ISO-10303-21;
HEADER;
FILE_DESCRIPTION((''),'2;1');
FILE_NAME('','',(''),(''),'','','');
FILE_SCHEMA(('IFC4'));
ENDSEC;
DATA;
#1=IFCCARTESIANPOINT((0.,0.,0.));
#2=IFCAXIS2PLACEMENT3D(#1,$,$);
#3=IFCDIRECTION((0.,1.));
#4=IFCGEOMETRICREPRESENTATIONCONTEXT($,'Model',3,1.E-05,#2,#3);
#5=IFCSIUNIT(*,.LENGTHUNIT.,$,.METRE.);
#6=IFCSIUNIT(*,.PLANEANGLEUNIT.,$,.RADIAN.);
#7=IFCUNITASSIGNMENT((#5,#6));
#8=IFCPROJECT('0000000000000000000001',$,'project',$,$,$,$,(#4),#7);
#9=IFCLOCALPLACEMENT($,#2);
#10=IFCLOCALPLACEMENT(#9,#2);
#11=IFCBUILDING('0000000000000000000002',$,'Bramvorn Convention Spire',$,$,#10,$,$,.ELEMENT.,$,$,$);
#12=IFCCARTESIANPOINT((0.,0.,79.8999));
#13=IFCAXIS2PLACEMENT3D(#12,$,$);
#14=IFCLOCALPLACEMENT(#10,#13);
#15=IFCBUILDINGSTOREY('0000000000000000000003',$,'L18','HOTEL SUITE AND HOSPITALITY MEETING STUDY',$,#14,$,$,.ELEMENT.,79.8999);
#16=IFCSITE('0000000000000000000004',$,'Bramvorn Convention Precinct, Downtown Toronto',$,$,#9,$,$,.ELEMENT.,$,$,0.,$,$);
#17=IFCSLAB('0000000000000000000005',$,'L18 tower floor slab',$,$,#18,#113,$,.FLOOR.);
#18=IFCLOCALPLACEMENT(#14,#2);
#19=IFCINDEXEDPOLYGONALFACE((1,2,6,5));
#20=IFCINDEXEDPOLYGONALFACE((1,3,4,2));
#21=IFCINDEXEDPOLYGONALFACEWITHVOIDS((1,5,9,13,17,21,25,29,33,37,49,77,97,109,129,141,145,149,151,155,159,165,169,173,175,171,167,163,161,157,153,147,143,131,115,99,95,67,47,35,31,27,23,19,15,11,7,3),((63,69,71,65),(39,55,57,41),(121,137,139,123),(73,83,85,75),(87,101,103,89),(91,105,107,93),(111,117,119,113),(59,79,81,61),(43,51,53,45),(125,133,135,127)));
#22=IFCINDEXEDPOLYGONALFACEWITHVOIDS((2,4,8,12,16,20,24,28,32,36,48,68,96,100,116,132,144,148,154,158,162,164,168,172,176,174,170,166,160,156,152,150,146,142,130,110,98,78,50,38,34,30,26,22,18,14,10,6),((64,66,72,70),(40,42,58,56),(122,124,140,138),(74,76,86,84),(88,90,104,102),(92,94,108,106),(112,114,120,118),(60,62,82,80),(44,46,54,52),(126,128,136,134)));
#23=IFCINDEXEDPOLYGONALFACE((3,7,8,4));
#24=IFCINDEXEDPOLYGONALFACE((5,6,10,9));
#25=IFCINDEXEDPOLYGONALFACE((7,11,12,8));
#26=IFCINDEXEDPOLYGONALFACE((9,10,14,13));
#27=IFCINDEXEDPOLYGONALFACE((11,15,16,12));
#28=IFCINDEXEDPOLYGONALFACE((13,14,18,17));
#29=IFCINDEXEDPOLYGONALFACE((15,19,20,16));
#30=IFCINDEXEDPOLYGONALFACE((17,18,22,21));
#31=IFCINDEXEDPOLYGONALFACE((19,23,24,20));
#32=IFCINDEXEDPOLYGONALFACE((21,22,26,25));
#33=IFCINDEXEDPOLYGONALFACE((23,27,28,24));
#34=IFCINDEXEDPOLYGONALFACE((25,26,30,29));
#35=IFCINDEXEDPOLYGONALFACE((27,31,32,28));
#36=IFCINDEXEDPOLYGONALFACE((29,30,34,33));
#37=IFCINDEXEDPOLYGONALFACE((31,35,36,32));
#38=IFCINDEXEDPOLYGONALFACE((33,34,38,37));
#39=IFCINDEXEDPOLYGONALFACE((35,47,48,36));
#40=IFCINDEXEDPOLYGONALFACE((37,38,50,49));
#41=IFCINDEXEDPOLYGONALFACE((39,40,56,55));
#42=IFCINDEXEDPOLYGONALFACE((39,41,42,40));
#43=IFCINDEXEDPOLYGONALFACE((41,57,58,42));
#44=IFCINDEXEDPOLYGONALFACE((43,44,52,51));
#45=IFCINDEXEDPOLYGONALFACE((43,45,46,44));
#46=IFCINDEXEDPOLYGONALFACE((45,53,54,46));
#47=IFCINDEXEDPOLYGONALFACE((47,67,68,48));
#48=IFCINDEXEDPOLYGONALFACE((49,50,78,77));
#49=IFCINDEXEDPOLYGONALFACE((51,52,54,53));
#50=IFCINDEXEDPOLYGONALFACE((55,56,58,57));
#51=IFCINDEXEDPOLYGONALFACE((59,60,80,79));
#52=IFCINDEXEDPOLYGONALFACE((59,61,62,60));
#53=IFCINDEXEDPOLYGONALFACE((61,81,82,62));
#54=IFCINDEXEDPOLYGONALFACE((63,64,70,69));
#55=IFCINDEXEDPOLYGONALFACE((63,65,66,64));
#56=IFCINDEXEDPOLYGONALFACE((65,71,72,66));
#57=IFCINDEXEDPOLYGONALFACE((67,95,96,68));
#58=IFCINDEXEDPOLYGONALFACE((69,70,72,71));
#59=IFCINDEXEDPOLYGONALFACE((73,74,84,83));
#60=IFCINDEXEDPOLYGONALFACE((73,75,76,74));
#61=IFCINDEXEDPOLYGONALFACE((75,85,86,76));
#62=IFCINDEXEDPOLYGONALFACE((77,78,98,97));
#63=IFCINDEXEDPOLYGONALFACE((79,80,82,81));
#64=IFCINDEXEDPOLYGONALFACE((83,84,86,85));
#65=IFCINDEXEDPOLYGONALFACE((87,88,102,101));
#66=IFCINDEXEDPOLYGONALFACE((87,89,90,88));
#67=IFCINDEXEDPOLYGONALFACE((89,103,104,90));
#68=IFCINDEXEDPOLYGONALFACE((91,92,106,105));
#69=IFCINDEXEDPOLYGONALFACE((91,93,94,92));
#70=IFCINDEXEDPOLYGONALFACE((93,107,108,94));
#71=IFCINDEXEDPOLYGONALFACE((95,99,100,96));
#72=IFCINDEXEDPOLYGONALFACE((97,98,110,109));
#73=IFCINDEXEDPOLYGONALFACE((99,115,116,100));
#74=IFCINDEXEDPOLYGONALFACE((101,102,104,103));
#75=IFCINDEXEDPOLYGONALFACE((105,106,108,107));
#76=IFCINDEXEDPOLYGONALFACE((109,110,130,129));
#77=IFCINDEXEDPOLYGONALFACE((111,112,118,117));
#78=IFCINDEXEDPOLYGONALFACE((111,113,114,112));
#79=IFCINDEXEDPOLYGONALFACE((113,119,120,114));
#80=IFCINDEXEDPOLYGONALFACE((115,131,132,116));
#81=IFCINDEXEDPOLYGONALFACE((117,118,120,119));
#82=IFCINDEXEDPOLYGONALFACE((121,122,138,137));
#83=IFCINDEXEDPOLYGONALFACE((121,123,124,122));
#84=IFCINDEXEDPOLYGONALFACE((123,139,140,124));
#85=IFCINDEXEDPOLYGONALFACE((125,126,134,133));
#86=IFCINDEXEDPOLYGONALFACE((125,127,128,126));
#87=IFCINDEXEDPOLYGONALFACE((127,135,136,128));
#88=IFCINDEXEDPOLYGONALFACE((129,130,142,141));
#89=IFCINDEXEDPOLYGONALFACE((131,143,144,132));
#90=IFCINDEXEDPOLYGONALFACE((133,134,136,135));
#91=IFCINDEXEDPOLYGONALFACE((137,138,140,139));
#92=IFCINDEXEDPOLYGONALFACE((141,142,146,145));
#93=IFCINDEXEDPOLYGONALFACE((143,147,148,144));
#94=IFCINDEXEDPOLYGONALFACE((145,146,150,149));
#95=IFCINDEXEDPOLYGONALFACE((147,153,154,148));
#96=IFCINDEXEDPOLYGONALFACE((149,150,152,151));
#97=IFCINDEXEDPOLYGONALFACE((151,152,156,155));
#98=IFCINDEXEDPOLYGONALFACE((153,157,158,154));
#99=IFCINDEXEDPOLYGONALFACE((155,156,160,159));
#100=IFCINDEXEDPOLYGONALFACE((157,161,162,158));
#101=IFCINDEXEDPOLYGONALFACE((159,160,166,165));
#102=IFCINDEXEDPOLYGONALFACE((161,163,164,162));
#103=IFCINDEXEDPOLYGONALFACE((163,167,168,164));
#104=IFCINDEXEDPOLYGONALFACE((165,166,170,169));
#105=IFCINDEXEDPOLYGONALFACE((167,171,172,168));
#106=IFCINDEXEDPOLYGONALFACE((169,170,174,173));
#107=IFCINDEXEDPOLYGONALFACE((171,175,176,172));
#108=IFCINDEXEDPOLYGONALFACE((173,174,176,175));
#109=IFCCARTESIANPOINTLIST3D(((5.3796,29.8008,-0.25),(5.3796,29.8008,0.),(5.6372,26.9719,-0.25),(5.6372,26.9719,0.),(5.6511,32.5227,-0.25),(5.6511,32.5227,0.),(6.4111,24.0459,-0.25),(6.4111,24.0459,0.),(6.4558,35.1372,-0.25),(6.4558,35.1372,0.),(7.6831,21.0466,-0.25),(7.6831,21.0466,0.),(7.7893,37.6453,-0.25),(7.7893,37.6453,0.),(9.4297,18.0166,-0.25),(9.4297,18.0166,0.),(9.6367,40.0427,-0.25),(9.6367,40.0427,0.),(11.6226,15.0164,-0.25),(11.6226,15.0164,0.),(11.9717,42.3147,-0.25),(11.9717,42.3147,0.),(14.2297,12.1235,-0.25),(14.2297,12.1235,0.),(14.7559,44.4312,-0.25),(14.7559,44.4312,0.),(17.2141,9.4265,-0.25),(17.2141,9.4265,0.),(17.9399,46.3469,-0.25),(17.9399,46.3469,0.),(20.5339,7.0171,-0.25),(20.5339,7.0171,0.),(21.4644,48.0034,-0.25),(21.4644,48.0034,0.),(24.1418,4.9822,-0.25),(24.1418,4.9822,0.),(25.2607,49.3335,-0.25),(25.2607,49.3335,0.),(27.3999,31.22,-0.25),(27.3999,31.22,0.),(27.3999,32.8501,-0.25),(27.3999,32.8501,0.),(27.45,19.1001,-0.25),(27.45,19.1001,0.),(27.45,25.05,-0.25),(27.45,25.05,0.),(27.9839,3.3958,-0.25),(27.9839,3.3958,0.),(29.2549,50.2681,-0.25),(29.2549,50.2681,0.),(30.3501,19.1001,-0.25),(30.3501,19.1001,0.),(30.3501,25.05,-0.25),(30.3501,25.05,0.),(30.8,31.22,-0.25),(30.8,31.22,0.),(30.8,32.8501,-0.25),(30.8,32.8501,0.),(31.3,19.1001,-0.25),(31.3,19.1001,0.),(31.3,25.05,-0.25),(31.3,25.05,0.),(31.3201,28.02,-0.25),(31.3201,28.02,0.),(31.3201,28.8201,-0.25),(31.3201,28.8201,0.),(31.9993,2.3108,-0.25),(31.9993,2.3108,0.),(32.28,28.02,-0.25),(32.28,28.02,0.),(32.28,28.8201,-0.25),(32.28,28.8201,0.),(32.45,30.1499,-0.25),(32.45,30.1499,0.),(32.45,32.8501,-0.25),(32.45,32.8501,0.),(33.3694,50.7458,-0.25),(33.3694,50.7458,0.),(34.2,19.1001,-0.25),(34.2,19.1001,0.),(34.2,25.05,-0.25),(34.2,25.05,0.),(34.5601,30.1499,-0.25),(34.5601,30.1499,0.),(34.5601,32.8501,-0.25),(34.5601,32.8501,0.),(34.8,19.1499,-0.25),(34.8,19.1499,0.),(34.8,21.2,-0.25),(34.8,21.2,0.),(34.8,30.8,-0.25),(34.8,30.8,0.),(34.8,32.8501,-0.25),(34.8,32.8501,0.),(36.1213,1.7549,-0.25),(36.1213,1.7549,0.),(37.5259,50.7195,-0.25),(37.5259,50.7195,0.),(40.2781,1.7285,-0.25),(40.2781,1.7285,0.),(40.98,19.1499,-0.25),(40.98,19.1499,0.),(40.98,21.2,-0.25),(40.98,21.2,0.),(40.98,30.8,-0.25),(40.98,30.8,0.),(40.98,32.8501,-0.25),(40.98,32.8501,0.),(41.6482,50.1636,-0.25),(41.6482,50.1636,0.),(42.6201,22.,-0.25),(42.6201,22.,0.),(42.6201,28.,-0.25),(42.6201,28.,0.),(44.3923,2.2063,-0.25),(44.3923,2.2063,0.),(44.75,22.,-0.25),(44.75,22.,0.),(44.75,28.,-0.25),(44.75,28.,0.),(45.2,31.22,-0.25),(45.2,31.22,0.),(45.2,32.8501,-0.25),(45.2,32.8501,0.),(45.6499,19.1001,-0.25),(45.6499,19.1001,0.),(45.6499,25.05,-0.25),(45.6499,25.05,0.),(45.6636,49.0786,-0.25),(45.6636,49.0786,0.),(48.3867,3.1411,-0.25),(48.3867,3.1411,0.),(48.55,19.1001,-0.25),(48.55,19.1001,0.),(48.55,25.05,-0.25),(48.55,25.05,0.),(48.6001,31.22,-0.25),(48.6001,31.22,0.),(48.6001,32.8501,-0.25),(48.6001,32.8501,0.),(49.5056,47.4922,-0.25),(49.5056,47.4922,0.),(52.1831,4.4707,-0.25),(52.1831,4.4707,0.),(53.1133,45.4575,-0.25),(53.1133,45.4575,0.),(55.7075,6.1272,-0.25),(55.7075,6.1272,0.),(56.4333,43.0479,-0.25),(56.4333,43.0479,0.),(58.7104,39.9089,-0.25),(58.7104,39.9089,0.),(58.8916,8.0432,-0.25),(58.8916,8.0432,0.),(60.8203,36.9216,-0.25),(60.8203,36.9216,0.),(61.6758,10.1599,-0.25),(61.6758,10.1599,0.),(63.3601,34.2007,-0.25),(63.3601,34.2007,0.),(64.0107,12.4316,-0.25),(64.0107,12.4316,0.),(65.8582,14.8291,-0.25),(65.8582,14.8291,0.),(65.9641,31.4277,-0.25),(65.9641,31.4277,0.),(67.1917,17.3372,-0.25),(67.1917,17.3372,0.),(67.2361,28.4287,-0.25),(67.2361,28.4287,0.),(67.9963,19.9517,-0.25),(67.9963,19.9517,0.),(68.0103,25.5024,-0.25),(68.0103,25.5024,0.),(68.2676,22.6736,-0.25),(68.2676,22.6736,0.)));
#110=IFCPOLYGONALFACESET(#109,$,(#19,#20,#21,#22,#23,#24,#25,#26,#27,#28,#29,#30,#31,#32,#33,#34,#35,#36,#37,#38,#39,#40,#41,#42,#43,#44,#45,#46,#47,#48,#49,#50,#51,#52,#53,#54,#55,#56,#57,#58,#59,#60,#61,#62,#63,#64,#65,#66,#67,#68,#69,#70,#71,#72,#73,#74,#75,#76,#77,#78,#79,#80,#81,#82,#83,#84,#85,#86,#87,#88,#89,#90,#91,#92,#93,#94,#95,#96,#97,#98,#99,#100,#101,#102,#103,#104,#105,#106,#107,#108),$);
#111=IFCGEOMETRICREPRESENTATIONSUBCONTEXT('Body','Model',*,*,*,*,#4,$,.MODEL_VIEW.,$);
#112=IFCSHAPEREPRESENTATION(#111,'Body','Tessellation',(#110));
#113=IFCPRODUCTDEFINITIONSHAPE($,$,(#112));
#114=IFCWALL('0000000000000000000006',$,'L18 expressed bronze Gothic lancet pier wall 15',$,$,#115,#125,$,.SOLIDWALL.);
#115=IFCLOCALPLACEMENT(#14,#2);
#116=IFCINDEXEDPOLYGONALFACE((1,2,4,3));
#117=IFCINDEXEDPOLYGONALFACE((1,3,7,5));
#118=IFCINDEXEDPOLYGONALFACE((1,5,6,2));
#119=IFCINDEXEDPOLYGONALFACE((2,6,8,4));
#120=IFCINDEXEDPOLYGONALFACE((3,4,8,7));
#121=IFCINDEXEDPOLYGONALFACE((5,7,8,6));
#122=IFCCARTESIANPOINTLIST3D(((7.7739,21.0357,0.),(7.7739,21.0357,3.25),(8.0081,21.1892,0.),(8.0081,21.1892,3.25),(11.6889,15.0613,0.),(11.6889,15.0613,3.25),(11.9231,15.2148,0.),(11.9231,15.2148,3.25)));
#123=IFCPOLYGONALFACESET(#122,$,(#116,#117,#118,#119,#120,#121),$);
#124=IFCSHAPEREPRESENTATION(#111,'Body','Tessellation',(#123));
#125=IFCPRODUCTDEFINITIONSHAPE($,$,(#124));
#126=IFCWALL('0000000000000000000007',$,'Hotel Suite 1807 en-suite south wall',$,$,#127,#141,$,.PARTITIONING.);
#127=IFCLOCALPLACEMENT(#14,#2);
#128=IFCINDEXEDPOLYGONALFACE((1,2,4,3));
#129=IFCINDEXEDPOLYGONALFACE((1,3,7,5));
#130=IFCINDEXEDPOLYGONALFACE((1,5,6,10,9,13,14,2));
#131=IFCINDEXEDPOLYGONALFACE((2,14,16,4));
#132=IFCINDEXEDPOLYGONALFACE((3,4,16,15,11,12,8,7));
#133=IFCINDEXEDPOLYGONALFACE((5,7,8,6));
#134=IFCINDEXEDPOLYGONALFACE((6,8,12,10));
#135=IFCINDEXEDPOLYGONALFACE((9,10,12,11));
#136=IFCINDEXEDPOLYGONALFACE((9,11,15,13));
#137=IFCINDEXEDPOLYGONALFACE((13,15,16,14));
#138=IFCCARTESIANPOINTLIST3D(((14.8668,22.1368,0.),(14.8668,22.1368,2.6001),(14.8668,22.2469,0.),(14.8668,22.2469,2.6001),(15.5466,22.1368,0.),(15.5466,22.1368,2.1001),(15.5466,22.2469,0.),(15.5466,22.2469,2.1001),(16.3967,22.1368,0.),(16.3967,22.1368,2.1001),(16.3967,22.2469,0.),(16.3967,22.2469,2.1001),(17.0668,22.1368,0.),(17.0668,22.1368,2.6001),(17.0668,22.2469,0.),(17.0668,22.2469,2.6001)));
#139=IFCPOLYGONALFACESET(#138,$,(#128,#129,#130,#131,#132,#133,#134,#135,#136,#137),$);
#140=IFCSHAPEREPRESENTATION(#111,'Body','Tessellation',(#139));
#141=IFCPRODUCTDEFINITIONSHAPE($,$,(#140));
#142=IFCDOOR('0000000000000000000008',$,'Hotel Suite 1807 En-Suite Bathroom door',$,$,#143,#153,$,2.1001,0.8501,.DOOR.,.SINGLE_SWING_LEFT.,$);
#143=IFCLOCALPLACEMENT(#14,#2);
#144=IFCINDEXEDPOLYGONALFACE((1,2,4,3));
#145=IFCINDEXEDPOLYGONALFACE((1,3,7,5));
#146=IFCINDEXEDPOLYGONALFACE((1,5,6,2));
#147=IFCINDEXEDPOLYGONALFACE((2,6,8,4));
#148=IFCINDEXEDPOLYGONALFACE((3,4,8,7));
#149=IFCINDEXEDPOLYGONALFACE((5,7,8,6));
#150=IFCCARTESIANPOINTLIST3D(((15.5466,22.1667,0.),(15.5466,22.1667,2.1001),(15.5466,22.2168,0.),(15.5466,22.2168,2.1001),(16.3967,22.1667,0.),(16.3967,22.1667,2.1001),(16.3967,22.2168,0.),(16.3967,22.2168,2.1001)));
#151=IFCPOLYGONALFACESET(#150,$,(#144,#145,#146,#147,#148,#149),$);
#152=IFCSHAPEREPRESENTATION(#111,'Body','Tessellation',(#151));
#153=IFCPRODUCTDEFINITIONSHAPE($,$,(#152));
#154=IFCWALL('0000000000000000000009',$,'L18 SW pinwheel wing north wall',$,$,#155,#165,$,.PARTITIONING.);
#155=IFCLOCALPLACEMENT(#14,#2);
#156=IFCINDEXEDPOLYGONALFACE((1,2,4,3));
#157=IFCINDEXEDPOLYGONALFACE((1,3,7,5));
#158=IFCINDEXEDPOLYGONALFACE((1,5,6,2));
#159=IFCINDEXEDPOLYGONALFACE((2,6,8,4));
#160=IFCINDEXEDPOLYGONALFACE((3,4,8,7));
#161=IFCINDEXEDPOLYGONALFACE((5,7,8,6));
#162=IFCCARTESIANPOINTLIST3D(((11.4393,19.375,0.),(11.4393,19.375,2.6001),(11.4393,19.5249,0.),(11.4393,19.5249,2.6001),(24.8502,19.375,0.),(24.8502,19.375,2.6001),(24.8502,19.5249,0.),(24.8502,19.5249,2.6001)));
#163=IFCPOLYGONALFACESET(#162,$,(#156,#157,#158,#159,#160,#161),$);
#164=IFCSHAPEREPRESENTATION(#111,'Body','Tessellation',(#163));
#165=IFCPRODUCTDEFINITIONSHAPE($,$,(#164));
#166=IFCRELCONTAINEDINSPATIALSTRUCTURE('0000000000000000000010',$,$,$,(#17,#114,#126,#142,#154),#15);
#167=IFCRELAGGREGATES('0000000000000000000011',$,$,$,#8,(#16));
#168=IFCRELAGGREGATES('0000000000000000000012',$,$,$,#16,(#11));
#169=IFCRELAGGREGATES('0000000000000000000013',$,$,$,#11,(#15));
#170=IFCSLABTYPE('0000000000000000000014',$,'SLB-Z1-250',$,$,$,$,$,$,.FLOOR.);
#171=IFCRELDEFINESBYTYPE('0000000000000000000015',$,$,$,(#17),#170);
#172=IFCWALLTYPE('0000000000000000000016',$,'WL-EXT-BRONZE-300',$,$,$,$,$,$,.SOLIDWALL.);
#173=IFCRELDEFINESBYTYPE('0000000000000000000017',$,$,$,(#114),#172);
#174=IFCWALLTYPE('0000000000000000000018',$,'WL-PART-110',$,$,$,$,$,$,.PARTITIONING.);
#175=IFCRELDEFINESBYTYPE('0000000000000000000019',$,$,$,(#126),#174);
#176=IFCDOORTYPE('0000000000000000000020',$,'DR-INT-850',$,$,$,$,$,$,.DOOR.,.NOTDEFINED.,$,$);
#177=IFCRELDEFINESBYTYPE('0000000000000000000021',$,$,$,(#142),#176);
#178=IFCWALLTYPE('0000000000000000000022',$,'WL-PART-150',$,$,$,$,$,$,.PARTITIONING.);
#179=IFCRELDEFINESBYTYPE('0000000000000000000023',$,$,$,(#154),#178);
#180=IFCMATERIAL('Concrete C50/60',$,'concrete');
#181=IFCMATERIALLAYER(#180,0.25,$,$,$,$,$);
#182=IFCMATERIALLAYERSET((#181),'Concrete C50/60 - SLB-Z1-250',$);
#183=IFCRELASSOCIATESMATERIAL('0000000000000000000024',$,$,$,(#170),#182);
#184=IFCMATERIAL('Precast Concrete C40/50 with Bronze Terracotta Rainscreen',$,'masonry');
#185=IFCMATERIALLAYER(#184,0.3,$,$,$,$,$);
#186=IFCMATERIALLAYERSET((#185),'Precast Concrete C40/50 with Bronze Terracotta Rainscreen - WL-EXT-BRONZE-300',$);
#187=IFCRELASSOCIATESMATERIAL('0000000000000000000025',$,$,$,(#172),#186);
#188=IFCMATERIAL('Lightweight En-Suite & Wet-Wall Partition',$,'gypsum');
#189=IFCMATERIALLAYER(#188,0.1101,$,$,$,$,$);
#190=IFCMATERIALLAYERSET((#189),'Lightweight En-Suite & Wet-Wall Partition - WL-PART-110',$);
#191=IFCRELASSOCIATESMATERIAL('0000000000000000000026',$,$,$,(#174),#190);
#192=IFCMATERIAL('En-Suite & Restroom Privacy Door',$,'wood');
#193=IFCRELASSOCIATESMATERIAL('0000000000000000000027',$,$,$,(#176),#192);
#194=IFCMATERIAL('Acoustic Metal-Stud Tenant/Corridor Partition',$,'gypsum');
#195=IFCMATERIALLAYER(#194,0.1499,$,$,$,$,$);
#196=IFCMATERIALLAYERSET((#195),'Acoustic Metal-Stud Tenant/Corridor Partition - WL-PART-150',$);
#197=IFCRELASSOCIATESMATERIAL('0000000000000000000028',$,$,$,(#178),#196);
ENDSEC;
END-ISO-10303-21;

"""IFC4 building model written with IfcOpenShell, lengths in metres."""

from ifc_helpers import new_model, si_unit, direction, frame, frame_2d, origin, place, context, subcontext, project, spatial, polyline, rectangle, outline, extrude, material, layer, layer_set, type_object, element, fill, save


model = new_model("IFC4")

# Units and contexts
model_context = context("Model", 3, precision=1e-05, world=origin(), true_north=direction((0.0, 1.0)))
body_context = subcontext(model_context, "Body", "Model", "MODEL_VIEW")
ifc_project = project(units=[si_unit("LENGTHUNIT", "METRE"), si_unit("PLANEANGLEUNIT", "RADIAN")], contexts=[model_context])

# Site, building, storey
site_placement = place(None, origin())
site = spatial("IfcSite", under=ifc_project, at=site_placement, Name="Bramvorn Convention Precinct, Downtown Toronto", CompositionType="ELEMENT", RefElevation=0.0)
building_placement = place(site_placement, origin())
building = spatial("IfcBuilding", under=site, at=building_placement, Name="Bramvorn Convention Spire", CompositionType="ELEMENT")
storey_placement = place(building_placement, frame((0.0, 0.0, 79.8999)))
storey = spatial("IfcBuildingStorey", under=building, at=storey_placement, Name="L18", Description="HOTEL SUITE AND HOSPITALITY MEETING STUDY", CompositionType="ELEMENT", Elevation=79.8999)

# Slab
ifc_material_1 = material(Name="Concrete C50/60", Category="concrete")
ifc_layer_1 = layer(ifc_material_1, 0.25)
ifc_layer_set_1 = layer_set([ifc_layer_1], Name="Concrete C50/60 - SLB-Z1-250")
slab_type_1 = type_object("IfcSlabType", Name="SLB-Z1-250", PredefinedType="FLOOR", material=ifc_layer_set_1)
slab_1_placement = place(storey_placement, frame((0.0, 0.0, -0.25)))
element("IfcSlab", 1, at=slab_1_placement, inside=storey, type_object=slab_type_1, Name="L18 tower floor slab", PredefinedType="FLOOR", context=body_context, shape_type="SweptSolid", body=[
    extrude(outline(polyline([(67.9963, 19.9517), (68.2676, 22.6736), (68.0103, 25.5024), (67.2361, 28.4287), (65.9641, 31.4277), (63.3601, 34.2007), (60.8203, 36.9216), (58.7104, 39.9089), (56.4333, 43.0479), (53.1133, 45.4575), (49.5056, 47.4922), (45.6636, 49.0786), (41.6482, 50.1636), (37.5259, 50.7195), (33.3694, 50.7458), (29.2549, 50.2681), (25.2607, 49.3335), (21.4644, 48.0034), (17.9399, 46.3469), (14.7559, 44.4312), (11.9717, 42.3147), (9.6367, 40.0427), (7.7893, 37.6453), (6.4558, 35.1372), (5.6511, 32.5227), (5.3796, 29.8008), (5.6372, 26.9719), (6.4111, 24.0459), (7.6831, 21.0466), (9.4297, 18.0166), (11.6226, 15.0164), (14.2297, 12.1235), (17.2141, 9.4265), (20.5339, 7.0171), (24.1418, 4.9822), (27.9839, 3.3958), (31.9993, 2.3108), (36.1213, 1.7549), (40.2781, 1.7285), (44.3923, 2.2063), (48.3867, 3.1411), (52.1831, 4.4707), (55.7075, 6.1272), (58.8916, 8.0432), (61.6758, 10.1599), (64.0107, 12.4316), (65.8582, 14.8291), (67.1917, 17.3372), (67.9963, 19.9517)]), holes=[polyline([(27.45, 25.05), (27.45, 19.1001), (30.3501, 19.1001), (30.3501, 25.05), (27.45, 25.05)]), polyline([(45.6499, 25.05), (45.6499, 19.1001), (48.55, 19.1001), (48.55, 25.05), (45.6499, 25.05)]), polyline([(31.3, 25.05), (31.3, 19.1001), (34.2, 19.1001), (34.2, 25.05), (31.3, 25.05)]), polyline([(27.3999, 31.22), (30.8, 31.22), (30.8, 32.8501), (27.3999, 32.8501), (27.3999, 31.22)]), polyline([(45.2, 31.22), (48.6001, 31.22), (48.6001, 32.8501), (45.2, 32.8501), (45.2, 31.22)]), polyline([(32.45, 30.1499), (34.5601, 30.1499), (34.5601, 32.8501), (32.45, 32.8501), (32.45, 30.1499)]), polyline([(34.8, 30.8), (40.98, 30.8), (40.98, 32.8501), (34.8, 32.8501), (34.8, 30.8)]), polyline([(34.8, 19.1499), (40.98, 19.1499), (40.98, 21.2), (34.8, 21.2), (34.8, 19.1499)]), polyline([(42.6201, 22.0), (44.75, 22.0), (44.75, 28.0), (42.6201, 28.0), (42.6201, 22.0)]), polyline([(31.3201, 28.02), (32.28, 28.02), (32.28, 28.8201), (31.3201, 28.8201), (31.3201, 28.02)])]), origin(), (0.0, 0.0, 1.0), 0.25),
])

# Wall
ifc_material_2 = material(Name="Precast Concrete C40/50 with Bronze Terracotta Rainscreen", Category="masonry")
ifc_layer_2 = layer(ifc_material_2, 0.3)
ifc_layer_set_2 = layer_set([ifc_layer_2], Name="Precast Concrete C40/50 with Bronze Terracotta Rainscreen - WL-EXT-BRONZE-300")
wall_type_1 = type_object("IfcWallType", Name="WL-EXT-BRONZE-300", PredefinedType="SOLIDWALL", material=ifc_layer_set_2)
wall_1_placement = place(storey_placement, frame((11.8059, 15.1382, 0.0), z_axis=(0.0, 0.0, 1.0), x_axis=(-0.548105, 0.83641, 0.0)))
element("IfcWall", 2, at=wall_1_placement, inside=storey, type_object=wall_type_1, Name="L18 expressed bronze Gothic lancet pier wall 15", PredefinedType="SOLIDWALL", context=body_context, shape_type="SweptSolid", body=[
    extrude(rectangle(XDim=7.1428, YDim=0.28, at=frame_2d((3.5713, 0.0))), origin(), (0.0, 0.0, 1.0), 3.25),
])

# Wall, opening, door
ifc_material_3 = material(Name="Lightweight En-Suite & Wet-Wall Partition", Category="gypsum")
ifc_layer_3 = layer(ifc_material_3, 0.1101)
ifc_layer_set_3 = layer_set([ifc_layer_3], Name="Lightweight En-Suite & Wet-Wall Partition - WL-PART-110")
wall_type_2 = type_object("IfcWallType", Name="WL-PART-110", PredefinedType="PARTITIONING", material=ifc_layer_set_3)
wall_2_placement = place(storey_placement, frame((14.8667, 22.1919, 0.0), z_axis=(0.0, 0.0, 1.0), x_axis=(1.0, 0.0, 0.0)))
wall_2 = element("IfcWall", 3, at=wall_2_placement, inside=storey, type_object=wall_type_2, Name="Hotel Suite 1807 en-suite south wall", PredefinedType="PARTITIONING", context=body_context, shape_type="SweptSolid", body=[
    extrude(rectangle(XDim=2.2, YDim=0.1101, at=frame_2d((1.1001, 0.0))), origin(), (0.0, 0.0, 1.0), 2.6001),
])
opening_placement = place(wall_2_placement, frame((0.6799, 0.0, 0.0)))
opening = element("IfcOpeningElement", 4, at=opening_placement, cuts=wall_2, PredefinedType="OPENING", context=body_context, shape_type="SweptSolid", body=[
    extrude(rectangle(XDim=0.8501, YDim=2.1001, at=frame_2d((0.425, 1.05))), frame((0.0, 0.0649, 0.0), z_axis=(0.0, -1.0, 0.0), x_axis=(1.0, 0.0, 0.0)), (0.0, 0.0, 1.0), 0.1301),
])
ifc_material_4 = material(Name="En-Suite & Restroom Privacy Door", Category="wood")
door_type = type_object("IfcDoorType", Name="DR-INT-850", OperationType="NOTDEFINED", PredefinedType="DOOR", material=ifc_material_4)
door_placement = place(opening_placement, origin())
door = element("IfcDoor", 5, at=door_placement, inside=storey, type_object=door_type, Name="Hotel Suite 1807 En-Suite Bathroom door", OperationType="SINGLE_SWING_LEFT", OverallHeight=2.1001, OverallWidth=0.8501, PredefinedType="DOOR", context=body_context, shape_type="SweptSolid", body=[
    extrude(rectangle(XDim=0.8501, YDim=2.1001, at=frame_2d((0.425, 1.05))), frame((0.0, 0.0249, 0.0), z_axis=(0.0, -1.0, 0.0), x_axis=(1.0, 0.0, 0.0)), (0.0, 0.0, 1.0), 0.05),
])
fill(opening, door)

# Wall
ifc_material_5 = material(Name="Acoustic Metal-Stud Tenant/Corridor Partition", Category="gypsum")
ifc_layer_4 = layer(ifc_material_5, 0.1499)
ifc_layer_set_4 = layer_set([ifc_layer_4], Name="Acoustic Metal-Stud Tenant/Corridor Partition - WL-PART-150")
wall_type_3 = type_object("IfcWallType", Name="WL-PART-150", PredefinedType="PARTITIONING", material=ifc_layer_set_4)
for number, where, z_axis, x_axis, name in (
    (6, (11.4392, 19.45, 0.0), (0.0, 0.0, 1.0), (1.0, 0.0, 0.0), "L18 SW pinwheel wing north wall"),
):
    element("IfcWall", number, at=place(storey_placement, frame(where, z_axis=z_axis, x_axis=x_axis)), inside=storey, type_object=wall_type_3, Name=name, PredefinedType="PARTITIONING", context=body_context, shape_type="SweptSolid", body=[
        extrude(rectangle(XDim=13.4109, YDim=0.1499, at=frame_2d((6.7056, 0.0))), origin(), (0.0, 0.0, 1.0), 2.6001),
    ])

save(model, "model.ifc")
